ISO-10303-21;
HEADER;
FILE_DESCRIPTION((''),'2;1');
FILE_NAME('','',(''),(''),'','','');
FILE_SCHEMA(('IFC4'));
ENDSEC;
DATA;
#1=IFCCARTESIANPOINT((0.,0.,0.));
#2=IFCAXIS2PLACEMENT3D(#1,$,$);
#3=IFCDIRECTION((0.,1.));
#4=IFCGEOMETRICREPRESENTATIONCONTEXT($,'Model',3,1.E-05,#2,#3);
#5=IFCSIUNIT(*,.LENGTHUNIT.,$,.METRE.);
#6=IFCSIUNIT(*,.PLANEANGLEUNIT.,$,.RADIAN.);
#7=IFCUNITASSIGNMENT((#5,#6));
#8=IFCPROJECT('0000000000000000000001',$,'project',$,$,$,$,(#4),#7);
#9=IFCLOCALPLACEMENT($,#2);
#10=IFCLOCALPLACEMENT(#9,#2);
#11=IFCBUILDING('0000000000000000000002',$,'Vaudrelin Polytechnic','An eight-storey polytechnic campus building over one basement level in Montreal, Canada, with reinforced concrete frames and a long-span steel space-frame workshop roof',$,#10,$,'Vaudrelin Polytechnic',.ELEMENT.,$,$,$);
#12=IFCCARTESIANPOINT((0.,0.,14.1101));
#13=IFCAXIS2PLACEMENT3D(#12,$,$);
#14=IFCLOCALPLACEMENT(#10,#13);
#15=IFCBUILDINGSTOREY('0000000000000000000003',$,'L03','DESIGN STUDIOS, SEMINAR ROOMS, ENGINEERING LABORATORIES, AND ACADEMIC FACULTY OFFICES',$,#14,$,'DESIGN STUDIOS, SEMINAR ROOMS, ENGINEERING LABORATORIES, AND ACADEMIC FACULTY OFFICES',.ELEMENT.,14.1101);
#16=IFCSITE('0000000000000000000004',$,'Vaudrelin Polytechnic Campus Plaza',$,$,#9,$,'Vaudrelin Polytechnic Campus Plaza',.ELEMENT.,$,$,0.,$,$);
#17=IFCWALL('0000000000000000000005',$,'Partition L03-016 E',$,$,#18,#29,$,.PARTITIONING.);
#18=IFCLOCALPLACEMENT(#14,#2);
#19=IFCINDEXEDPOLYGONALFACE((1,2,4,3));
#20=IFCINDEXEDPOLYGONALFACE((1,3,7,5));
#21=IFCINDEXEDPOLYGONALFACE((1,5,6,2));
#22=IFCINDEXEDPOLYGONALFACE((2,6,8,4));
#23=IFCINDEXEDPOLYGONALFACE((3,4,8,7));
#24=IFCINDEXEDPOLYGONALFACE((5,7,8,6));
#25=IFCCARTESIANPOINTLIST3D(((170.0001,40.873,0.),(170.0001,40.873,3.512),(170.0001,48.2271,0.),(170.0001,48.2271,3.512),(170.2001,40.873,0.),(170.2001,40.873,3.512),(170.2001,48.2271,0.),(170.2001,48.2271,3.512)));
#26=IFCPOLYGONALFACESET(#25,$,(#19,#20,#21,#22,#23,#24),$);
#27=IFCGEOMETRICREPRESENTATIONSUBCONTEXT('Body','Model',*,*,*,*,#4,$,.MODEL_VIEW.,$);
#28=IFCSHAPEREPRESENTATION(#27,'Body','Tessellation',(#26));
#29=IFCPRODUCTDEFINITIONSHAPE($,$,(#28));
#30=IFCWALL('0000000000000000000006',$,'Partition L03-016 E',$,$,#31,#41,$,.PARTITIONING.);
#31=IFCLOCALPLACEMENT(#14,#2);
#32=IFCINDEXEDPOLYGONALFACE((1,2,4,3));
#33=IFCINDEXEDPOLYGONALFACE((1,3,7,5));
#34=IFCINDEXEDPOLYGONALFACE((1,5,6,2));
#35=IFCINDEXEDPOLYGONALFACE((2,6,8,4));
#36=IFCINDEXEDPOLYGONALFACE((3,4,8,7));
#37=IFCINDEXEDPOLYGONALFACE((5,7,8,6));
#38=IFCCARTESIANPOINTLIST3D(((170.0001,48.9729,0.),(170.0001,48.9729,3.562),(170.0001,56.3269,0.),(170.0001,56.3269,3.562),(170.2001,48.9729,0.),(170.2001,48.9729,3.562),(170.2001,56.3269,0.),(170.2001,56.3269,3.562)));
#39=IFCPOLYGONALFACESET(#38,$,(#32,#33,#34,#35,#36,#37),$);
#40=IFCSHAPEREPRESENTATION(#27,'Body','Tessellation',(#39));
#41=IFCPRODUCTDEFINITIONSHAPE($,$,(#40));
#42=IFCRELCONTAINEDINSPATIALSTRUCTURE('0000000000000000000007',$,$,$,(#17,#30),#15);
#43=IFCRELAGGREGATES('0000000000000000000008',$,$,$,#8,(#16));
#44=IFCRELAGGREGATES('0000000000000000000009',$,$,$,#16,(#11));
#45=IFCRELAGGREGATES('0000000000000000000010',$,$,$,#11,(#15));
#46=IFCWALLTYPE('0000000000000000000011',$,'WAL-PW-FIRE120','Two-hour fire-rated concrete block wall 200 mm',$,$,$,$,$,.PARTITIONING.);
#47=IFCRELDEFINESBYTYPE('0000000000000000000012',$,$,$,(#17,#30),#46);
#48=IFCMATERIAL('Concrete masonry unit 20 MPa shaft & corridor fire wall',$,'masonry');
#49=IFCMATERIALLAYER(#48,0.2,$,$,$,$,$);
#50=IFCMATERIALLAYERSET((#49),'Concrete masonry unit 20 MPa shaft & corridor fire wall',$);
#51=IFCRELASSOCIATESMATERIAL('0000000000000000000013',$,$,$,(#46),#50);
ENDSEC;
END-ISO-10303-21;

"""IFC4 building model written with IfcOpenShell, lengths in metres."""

from ifc_helpers import new_model, si_unit, direction, frame, frame_2d, origin, place, context, subcontext, project, spatial, rectangle, extrude, material, layer, layer_set, type_object, element, save


model = new_model("IFC4")

# Units and contexts
model_context = context("Model", 3, precision=1e-05, world=origin(), true_north=direction((0.0, 1.0)))
body_context = subcontext(model_context, "Body", "Model", "MODEL_VIEW")
ifc_project = project(units=[si_unit("LENGTHUNIT", "METRE"), si_unit("PLANEANGLEUNIT", "RADIAN")], contexts=[model_context])

# Site, building, storey
site_placement = place(None, origin())
site = spatial("IfcSite", under=ifc_project, at=site_placement, Name="Vaudrelin Polytechnic Campus Plaza", LongName="Vaudrelin Polytechnic Campus Plaza", CompositionType="ELEMENT", RefElevation=0.0)
building_placement = place(site_placement, origin())
building = spatial("IfcBuilding", under=site, at=building_placement, Name="Vaudrelin Polytechnic", Description="An eight-storey polytechnic campus building over one basement level in Montreal, Canada, with reinforced concrete frames and a long-span steel space-frame workshop roof", LongName="Vaudrelin Polytechnic", CompositionType="ELEMENT")
storey_placement = place(building_placement, frame((0.0, 0.0, 14.1101)))
storey = spatial("IfcBuildingStorey", under=building, at=storey_placement, Name="L03", Description="DESIGN STUDIOS, SEMINAR ROOMS, ENGINEERING LABORATORIES, AND ACADEMIC FACULTY OFFICES", LongName="DESIGN STUDIOS, SEMINAR ROOMS, ENGINEERING LABORATORIES, AND ACADEMIC FACULTY OFFICES", CompositionType="ELEMENT", Elevation=14.1101)

# Walls
ifc_material_1 = material(Name="Concrete masonry unit 20 MPa shaft & corridor fire wall", Category="masonry")
ifc_layer_1 = layer(ifc_material_1, 0.2)
ifc_layer_set_1 = layer_set([ifc_layer_1], Name="Concrete masonry unit 20 MPa shaft & corridor fire wall")
wall_type = type_object("IfcWallType", Name="WAL-PW-FIRE120", Description="Two-hour fire-rated concrete block wall 200 mm", PredefinedType="PARTITIONING", material=ifc_layer_set_1)
wall_1_placement = place(storey_placement, frame((170.1001, 40.873, 0.0), z_axis=(0.0, 0.0, 1.0), x_axis=(0.0, 1.0, 0.0)))
element("IfcWall", 1, at=wall_1_placement, inside=storey, type_object=wall_type, Name="Partition L03-016 E", PredefinedType="PARTITIONING", context=body_context, shape_type="SweptSolid", body=[
    extrude(rectangle(XDim=7.354, YDim=0.2, at=frame_2d((3.677, 0.0))), origin(), (0.0, 0.0, 1.0), 3.512),
])
wall_2_placement = place(storey_placement, frame((170.1001, 48.9729, 0.0), z_axis=(0.0, 0.0, 1.0), x_axis=(0.0, 1.0, 0.0)))
element("IfcWall", 2, at=wall_2_placement, inside=storey, type_object=wall_type, Name="Partition L03-016 E", PredefinedType="PARTITIONING", context=body_context, shape_type="SweptSolid", body=[
    extrude(rectangle(XDim=7.354, YDim=0.2, at=frame_2d((3.677, 0.0))), origin(), (0.0, 0.0, 1.0), 3.562),
])

save(model, "model.ifc")
